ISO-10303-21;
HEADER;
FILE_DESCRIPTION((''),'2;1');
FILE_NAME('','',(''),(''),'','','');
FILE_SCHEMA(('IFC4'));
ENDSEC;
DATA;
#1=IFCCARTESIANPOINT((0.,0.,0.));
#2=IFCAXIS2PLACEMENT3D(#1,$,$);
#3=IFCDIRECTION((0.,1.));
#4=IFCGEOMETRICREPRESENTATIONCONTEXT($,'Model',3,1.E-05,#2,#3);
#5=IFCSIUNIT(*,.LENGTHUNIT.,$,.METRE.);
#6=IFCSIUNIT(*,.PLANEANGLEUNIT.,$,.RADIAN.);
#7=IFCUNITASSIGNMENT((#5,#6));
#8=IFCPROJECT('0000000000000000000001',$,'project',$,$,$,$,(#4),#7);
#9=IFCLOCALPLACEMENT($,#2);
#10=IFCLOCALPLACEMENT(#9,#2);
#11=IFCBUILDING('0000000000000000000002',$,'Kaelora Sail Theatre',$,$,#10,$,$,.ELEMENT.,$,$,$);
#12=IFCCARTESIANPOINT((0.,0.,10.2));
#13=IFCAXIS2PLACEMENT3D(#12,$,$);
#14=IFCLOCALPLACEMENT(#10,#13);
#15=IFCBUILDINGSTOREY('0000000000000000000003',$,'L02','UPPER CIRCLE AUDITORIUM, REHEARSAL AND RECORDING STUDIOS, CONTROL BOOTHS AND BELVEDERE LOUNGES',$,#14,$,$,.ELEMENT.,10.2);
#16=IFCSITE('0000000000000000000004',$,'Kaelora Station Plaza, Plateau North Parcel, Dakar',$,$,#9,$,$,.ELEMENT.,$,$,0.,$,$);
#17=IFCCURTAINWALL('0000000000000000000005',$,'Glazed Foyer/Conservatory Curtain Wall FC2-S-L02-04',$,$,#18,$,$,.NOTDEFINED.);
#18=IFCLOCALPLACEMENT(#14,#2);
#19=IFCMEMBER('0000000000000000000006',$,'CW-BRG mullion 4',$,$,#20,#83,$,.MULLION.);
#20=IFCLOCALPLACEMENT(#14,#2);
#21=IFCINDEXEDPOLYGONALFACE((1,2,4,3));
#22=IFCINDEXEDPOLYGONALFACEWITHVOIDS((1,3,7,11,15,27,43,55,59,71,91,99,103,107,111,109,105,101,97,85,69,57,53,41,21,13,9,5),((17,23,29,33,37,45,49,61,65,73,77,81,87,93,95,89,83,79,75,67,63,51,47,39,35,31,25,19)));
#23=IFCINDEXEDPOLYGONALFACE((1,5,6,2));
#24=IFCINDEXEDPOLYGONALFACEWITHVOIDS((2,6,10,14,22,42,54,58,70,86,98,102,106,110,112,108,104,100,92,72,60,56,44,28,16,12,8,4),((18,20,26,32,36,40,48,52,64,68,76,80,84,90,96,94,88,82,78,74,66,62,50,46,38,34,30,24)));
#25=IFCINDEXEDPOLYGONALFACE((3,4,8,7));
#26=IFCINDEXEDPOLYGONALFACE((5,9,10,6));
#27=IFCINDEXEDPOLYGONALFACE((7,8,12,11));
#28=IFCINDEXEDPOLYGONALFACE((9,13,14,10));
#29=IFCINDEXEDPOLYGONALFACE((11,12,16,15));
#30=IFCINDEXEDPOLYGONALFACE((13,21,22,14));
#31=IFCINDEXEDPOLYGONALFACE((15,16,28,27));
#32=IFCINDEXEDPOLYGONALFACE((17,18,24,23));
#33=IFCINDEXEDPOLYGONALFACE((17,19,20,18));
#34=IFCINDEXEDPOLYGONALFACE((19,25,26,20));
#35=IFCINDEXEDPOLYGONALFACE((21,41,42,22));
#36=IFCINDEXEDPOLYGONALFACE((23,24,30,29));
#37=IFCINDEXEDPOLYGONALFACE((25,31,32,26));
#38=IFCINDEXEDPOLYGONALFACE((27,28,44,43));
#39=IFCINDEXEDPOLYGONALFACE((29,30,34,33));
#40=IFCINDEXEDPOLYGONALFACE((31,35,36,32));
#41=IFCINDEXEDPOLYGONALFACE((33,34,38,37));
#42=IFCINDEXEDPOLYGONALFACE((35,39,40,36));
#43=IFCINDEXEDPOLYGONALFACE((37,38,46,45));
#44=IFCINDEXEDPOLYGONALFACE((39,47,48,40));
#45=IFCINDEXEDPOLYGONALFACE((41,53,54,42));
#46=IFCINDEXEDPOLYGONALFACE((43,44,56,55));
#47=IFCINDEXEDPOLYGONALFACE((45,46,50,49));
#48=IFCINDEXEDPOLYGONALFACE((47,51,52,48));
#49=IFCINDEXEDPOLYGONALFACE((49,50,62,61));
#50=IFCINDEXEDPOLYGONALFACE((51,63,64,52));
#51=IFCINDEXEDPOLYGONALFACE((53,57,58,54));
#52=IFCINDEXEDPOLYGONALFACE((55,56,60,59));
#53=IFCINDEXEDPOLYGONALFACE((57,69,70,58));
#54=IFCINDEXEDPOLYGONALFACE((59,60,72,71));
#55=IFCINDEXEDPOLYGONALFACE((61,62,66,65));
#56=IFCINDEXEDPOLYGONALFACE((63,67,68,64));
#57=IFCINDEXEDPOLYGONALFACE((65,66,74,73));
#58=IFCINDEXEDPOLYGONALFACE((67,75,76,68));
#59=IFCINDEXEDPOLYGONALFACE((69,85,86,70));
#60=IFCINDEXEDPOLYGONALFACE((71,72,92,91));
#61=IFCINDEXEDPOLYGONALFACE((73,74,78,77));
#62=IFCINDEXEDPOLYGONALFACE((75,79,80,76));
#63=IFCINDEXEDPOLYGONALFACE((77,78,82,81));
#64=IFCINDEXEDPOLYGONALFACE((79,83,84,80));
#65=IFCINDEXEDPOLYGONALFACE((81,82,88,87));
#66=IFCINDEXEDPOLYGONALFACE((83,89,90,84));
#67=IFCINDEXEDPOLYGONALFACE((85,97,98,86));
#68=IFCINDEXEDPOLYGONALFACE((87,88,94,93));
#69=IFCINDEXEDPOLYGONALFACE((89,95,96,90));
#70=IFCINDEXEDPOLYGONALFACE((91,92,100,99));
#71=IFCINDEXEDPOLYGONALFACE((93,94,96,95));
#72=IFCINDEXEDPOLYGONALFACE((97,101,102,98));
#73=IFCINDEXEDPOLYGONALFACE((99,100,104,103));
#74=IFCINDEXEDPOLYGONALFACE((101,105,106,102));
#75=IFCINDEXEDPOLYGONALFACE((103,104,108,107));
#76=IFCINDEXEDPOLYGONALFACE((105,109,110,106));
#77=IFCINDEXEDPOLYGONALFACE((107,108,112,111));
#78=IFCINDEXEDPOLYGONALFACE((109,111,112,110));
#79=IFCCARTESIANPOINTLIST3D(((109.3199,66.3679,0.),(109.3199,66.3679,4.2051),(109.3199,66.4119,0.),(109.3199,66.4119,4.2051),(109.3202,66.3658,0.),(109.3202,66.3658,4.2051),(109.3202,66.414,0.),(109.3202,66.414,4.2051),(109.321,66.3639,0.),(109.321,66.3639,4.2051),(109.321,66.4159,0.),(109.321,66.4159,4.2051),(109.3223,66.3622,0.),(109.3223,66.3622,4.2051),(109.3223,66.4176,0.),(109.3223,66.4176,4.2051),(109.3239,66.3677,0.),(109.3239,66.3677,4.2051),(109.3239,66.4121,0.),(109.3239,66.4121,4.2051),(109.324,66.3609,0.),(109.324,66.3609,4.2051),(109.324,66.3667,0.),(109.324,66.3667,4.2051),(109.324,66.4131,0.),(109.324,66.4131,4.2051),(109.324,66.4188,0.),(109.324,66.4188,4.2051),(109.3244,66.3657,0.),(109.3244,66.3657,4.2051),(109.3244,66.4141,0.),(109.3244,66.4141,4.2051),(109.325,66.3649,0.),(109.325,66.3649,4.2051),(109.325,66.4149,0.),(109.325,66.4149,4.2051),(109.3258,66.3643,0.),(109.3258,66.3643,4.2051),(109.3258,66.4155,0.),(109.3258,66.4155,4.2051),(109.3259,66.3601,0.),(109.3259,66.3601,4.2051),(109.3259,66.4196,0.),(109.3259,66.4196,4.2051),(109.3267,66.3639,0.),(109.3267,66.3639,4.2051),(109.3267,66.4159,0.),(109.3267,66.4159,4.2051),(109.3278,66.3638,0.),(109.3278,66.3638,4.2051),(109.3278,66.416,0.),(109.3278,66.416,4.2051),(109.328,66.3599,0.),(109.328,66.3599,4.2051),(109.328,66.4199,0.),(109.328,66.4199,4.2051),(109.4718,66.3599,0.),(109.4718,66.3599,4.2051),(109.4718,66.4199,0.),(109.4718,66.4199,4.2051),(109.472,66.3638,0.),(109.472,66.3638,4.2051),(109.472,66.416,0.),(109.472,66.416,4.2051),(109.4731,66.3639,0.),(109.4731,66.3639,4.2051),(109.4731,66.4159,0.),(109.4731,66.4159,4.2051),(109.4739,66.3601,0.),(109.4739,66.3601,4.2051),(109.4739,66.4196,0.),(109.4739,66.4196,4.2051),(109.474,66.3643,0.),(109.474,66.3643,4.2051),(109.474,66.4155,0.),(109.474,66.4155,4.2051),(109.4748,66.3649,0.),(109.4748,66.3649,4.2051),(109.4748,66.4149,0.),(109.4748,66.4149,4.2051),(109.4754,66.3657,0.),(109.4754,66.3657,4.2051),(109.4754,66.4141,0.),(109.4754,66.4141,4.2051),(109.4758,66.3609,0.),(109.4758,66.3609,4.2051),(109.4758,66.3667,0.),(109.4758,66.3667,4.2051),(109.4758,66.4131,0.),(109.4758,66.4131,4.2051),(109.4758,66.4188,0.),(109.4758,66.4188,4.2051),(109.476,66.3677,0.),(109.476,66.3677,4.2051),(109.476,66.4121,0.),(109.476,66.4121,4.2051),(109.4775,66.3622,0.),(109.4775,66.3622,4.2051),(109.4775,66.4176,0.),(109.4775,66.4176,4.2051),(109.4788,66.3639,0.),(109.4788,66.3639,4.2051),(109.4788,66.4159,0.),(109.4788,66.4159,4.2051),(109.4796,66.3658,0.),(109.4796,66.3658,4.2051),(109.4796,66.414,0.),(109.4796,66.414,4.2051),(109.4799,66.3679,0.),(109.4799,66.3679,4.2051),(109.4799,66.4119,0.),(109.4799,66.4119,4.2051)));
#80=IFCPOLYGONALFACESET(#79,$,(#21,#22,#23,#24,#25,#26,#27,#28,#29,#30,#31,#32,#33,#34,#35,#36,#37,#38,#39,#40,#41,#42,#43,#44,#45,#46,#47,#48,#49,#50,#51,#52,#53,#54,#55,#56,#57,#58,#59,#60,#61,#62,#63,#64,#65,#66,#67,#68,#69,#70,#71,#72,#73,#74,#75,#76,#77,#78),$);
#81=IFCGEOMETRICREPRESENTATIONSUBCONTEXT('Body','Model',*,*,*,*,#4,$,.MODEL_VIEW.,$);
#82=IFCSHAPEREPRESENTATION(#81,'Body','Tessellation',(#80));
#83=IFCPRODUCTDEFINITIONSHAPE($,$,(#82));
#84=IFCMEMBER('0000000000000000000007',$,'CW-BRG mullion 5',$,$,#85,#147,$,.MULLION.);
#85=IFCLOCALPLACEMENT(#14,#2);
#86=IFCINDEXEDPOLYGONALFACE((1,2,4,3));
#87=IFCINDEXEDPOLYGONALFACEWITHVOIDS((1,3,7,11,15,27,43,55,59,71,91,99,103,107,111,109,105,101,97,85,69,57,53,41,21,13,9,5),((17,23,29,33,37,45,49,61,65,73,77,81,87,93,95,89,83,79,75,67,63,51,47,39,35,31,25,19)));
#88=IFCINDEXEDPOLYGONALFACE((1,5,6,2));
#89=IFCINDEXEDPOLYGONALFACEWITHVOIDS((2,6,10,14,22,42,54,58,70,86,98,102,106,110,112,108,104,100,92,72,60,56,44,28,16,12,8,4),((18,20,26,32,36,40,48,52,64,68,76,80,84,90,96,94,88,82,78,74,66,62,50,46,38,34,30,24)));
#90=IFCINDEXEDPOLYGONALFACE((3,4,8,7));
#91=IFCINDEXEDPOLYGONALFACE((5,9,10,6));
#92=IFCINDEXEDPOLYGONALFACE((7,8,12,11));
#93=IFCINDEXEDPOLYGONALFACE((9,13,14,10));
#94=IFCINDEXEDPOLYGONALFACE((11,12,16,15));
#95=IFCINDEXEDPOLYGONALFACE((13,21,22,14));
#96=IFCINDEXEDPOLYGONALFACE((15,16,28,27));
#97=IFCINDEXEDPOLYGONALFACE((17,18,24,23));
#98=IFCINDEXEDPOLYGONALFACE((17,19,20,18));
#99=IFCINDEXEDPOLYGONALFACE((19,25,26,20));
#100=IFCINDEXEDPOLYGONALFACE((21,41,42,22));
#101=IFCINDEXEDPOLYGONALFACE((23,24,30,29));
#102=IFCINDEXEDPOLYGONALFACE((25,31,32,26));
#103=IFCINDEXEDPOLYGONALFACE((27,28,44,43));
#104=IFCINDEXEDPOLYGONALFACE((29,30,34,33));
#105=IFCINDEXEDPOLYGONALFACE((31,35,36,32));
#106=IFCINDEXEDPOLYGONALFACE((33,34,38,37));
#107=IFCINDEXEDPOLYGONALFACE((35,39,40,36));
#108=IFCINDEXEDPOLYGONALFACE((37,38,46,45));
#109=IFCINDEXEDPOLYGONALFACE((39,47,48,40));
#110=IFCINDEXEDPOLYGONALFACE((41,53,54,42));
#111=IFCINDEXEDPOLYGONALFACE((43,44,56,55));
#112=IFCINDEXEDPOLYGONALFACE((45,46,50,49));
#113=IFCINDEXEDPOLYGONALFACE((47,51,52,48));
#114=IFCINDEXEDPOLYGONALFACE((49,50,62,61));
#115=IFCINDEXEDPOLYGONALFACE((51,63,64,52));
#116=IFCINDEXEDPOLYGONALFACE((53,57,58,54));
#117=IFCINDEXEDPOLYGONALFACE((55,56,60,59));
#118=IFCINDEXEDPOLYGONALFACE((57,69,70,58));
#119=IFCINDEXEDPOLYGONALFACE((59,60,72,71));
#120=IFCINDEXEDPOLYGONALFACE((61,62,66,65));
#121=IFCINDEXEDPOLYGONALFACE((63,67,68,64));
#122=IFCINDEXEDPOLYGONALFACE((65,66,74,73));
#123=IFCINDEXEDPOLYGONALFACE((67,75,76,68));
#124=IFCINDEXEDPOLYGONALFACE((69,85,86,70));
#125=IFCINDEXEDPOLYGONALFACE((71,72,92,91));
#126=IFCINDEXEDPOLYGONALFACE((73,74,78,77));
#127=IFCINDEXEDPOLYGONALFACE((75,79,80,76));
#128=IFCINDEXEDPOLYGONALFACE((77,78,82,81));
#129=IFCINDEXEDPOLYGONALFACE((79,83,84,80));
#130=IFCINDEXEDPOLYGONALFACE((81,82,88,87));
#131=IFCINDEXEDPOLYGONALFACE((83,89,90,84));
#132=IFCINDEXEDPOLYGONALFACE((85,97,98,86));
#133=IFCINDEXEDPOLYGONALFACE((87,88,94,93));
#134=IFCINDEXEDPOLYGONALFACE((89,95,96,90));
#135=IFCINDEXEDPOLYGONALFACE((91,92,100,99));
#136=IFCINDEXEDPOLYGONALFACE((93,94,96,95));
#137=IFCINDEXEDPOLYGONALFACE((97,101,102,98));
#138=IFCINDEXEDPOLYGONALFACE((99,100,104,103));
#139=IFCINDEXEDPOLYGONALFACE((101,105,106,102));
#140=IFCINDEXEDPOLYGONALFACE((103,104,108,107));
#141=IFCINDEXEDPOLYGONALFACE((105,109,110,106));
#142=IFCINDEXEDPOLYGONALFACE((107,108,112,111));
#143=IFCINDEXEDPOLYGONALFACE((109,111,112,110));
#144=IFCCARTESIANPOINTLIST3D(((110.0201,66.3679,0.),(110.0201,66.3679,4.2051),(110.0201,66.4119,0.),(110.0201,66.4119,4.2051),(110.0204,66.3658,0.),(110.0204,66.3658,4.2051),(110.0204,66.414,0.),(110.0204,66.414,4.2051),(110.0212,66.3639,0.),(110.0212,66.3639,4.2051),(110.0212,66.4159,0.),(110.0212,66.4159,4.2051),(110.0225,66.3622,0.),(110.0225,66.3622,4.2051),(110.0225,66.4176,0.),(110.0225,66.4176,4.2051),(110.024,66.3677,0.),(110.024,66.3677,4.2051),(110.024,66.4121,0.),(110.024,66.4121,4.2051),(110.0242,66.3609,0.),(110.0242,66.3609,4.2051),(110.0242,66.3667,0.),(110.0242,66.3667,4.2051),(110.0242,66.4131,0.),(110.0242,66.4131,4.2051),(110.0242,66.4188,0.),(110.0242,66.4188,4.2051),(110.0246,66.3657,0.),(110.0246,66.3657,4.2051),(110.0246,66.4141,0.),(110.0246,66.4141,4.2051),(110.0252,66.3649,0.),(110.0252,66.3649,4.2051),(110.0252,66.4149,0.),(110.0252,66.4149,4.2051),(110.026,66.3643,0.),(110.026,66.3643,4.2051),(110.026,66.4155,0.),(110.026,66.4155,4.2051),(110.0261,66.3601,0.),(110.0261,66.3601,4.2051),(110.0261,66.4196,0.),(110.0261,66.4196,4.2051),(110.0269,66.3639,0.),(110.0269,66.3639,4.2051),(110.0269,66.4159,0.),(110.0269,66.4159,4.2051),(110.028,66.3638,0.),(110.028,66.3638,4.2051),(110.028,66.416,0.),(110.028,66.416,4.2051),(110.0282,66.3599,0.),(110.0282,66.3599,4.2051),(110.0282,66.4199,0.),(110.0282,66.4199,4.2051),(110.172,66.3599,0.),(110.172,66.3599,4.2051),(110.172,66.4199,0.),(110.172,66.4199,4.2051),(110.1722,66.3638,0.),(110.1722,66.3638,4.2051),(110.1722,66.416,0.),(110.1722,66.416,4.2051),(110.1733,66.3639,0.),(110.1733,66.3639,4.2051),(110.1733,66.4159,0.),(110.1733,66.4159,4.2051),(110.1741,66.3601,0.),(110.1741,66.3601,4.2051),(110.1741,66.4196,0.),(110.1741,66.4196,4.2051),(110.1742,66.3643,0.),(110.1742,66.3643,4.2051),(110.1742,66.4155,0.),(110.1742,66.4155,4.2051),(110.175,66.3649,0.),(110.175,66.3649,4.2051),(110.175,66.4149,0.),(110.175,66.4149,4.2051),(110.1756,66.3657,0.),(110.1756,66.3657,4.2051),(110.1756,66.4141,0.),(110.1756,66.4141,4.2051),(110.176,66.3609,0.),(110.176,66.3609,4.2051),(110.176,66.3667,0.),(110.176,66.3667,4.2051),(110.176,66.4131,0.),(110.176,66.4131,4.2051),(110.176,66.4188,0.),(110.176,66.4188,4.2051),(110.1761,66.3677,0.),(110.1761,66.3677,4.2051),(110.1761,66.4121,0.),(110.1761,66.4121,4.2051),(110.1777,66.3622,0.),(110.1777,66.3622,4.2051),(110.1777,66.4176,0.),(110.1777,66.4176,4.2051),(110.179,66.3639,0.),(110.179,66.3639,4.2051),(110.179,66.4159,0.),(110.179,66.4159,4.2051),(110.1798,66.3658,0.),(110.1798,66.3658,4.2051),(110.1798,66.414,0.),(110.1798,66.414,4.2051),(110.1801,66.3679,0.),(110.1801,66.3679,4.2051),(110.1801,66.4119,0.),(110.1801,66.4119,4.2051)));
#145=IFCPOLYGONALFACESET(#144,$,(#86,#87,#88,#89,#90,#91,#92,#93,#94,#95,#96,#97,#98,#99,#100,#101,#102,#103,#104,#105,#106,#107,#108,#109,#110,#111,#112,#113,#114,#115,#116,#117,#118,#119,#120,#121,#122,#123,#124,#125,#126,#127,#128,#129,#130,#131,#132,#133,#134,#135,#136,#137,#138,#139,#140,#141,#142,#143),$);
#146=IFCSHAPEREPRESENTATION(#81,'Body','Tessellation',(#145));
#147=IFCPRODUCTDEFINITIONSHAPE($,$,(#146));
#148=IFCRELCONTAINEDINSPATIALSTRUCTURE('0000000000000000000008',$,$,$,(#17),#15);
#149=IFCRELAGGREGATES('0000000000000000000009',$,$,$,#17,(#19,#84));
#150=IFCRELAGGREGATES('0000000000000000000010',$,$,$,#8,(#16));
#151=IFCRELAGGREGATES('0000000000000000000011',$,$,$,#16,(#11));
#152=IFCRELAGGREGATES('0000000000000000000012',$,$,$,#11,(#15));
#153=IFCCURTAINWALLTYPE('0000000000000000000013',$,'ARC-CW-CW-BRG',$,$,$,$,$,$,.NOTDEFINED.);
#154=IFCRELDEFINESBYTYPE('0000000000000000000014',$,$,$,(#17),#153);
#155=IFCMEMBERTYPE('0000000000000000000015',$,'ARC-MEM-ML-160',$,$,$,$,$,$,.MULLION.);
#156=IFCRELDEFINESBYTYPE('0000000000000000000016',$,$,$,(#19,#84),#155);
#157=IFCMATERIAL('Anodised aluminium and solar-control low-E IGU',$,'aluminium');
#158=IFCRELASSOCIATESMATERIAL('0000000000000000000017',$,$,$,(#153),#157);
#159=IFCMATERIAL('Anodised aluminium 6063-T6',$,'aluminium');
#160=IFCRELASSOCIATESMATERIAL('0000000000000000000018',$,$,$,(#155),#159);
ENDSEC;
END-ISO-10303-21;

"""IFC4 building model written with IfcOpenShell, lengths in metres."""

from ifc_helpers import new_model, si_unit, direction, frame, origin, origin_2d, place, context, subcontext, project, spatial, hollow_rectangle, extrude, material, material_profile, profile_set, type_object, element, aggregate, save


model = new_model("IFC4")

# Units and contexts
model_context = context("Model", 3, precision=1e-05, world=origin(), true_north=direction((0.0, 1.0)))
body_context = subcontext(model_context, "Body", "Model", "MODEL_VIEW")
ifc_project = project(units=[si_unit("LENGTHUNIT", "METRE"), si_unit("PLANEANGLEUNIT", "RADIAN")], contexts=[model_context])

# Site, building, storey
site_placement = place(None, origin())
site = spatial("IfcSite", under=ifc_project, at=site_placement, Name="Kaelora Station Plaza, Plateau North Parcel, Dakar", CompositionType="ELEMENT", RefElevation=0.0)
building_placement = place(site_placement, origin())
building = spatial("IfcBuilding", under=site, at=building_placement, Name="Kaelora Sail Theatre", CompositionType="ELEMENT")
storey_placement = place(building_placement, frame((0.0, 0.0, 10.2)))
storey = spatial("IfcBuildingStorey", under=building, at=storey_placement, Name="L02", Description="UPPER CIRCLE AUDITORIUM, REHEARSAL AND RECORDING STUDIOS, CONTROL BOOTHS AND BELVEDERE LOUNGES", CompositionType="ELEMENT", Elevation=10.2)

# Curtain wall, members
ifc_material_1 = material(Name="Anodised aluminium and solar-control low-E IGU", Category="aluminium")
curtain_wall_type = type_object("IfcCurtainWallType", Name="ARC-CW-CW-BRG", PredefinedType="NOTDEFINED", material=ifc_material_1)
curtain_wall_1_placement = place(storey_placement, origin())
curtain_wall_1 = element("IfcCurtainWall", 1, at=curtain_wall_1_placement, inside=storey, type_object=curtain_wall_type, Name="Glazed Foyer/Conservatory Curtain Wall FC2-S-L02-04", PredefinedType="NOTDEFINED")
ifc_material_2 = material(Name="Anodised aluminium 6063-T6", Category="aluminium")
ifc_material_profile_1 = material_profile(ifc_material_2, hollow_rectangle(XDim=0.0601, YDim=0.1599, WallThickness=0.0039, InnerFilletRadius=0.0039, OuterFilletRadius=0.0081, at=origin_2d()), Name="ALU-MULL 60x160x4")
ifc_profile_set_1 = profile_set([ifc_material_profile_1], Name="Anodised aluminium 6063-T6")
member_type_1 = type_object("IfcMemberType", Name="ARC-MEM-ML-160", PredefinedType="MULLION", material=ifc_profile_set_1)
member_1_placement = place(storey_placement, frame((109.3999, 66.3899, 0.0), z_axis=(0.0, 0.0, 1.0), x_axis=(0.0, 1.0, 0.0)))
member_1 = element("IfcMember", 2, at=member_1_placement, type_object=member_type_1, Name="CW-BRG mullion 4", PredefinedType="MULLION", context=body_context, shape_type="SweptSolid", body=[
    extrude(hollow_rectangle(XDim=0.0601, YDim=0.1599, WallThickness=0.0039, InnerFilletRadius=0.0039, OuterFilletRadius=0.0081, at=origin_2d()), origin(), (0.0, 0.0, 1.0), 4.2051),
])
member_2_placement = place(storey_placement, frame((110.1001, 66.3899, 0.0), z_axis=(0.0, 0.0, 1.0), x_axis=(0.0, 1.0, 0.0)))
member_2 = element("IfcMember", 3, at=member_2_placement, type_object=member_type_1, Name="CW-BRG mullion 5", PredefinedType="MULLION", context=body_context, shape_type="SweptSolid", body=[
    extrude(hollow_rectangle(XDim=0.0601, YDim=0.1599, WallThickness=0.0039, InnerFilletRadius=0.0039, OuterFilletRadius=0.0081, at=origin_2d()), origin(), (0.0, 0.0, 1.0), 4.2051),
])

aggregate(curtain_wall_1, [member_1, member_2])

save(model, "model.ifc")
